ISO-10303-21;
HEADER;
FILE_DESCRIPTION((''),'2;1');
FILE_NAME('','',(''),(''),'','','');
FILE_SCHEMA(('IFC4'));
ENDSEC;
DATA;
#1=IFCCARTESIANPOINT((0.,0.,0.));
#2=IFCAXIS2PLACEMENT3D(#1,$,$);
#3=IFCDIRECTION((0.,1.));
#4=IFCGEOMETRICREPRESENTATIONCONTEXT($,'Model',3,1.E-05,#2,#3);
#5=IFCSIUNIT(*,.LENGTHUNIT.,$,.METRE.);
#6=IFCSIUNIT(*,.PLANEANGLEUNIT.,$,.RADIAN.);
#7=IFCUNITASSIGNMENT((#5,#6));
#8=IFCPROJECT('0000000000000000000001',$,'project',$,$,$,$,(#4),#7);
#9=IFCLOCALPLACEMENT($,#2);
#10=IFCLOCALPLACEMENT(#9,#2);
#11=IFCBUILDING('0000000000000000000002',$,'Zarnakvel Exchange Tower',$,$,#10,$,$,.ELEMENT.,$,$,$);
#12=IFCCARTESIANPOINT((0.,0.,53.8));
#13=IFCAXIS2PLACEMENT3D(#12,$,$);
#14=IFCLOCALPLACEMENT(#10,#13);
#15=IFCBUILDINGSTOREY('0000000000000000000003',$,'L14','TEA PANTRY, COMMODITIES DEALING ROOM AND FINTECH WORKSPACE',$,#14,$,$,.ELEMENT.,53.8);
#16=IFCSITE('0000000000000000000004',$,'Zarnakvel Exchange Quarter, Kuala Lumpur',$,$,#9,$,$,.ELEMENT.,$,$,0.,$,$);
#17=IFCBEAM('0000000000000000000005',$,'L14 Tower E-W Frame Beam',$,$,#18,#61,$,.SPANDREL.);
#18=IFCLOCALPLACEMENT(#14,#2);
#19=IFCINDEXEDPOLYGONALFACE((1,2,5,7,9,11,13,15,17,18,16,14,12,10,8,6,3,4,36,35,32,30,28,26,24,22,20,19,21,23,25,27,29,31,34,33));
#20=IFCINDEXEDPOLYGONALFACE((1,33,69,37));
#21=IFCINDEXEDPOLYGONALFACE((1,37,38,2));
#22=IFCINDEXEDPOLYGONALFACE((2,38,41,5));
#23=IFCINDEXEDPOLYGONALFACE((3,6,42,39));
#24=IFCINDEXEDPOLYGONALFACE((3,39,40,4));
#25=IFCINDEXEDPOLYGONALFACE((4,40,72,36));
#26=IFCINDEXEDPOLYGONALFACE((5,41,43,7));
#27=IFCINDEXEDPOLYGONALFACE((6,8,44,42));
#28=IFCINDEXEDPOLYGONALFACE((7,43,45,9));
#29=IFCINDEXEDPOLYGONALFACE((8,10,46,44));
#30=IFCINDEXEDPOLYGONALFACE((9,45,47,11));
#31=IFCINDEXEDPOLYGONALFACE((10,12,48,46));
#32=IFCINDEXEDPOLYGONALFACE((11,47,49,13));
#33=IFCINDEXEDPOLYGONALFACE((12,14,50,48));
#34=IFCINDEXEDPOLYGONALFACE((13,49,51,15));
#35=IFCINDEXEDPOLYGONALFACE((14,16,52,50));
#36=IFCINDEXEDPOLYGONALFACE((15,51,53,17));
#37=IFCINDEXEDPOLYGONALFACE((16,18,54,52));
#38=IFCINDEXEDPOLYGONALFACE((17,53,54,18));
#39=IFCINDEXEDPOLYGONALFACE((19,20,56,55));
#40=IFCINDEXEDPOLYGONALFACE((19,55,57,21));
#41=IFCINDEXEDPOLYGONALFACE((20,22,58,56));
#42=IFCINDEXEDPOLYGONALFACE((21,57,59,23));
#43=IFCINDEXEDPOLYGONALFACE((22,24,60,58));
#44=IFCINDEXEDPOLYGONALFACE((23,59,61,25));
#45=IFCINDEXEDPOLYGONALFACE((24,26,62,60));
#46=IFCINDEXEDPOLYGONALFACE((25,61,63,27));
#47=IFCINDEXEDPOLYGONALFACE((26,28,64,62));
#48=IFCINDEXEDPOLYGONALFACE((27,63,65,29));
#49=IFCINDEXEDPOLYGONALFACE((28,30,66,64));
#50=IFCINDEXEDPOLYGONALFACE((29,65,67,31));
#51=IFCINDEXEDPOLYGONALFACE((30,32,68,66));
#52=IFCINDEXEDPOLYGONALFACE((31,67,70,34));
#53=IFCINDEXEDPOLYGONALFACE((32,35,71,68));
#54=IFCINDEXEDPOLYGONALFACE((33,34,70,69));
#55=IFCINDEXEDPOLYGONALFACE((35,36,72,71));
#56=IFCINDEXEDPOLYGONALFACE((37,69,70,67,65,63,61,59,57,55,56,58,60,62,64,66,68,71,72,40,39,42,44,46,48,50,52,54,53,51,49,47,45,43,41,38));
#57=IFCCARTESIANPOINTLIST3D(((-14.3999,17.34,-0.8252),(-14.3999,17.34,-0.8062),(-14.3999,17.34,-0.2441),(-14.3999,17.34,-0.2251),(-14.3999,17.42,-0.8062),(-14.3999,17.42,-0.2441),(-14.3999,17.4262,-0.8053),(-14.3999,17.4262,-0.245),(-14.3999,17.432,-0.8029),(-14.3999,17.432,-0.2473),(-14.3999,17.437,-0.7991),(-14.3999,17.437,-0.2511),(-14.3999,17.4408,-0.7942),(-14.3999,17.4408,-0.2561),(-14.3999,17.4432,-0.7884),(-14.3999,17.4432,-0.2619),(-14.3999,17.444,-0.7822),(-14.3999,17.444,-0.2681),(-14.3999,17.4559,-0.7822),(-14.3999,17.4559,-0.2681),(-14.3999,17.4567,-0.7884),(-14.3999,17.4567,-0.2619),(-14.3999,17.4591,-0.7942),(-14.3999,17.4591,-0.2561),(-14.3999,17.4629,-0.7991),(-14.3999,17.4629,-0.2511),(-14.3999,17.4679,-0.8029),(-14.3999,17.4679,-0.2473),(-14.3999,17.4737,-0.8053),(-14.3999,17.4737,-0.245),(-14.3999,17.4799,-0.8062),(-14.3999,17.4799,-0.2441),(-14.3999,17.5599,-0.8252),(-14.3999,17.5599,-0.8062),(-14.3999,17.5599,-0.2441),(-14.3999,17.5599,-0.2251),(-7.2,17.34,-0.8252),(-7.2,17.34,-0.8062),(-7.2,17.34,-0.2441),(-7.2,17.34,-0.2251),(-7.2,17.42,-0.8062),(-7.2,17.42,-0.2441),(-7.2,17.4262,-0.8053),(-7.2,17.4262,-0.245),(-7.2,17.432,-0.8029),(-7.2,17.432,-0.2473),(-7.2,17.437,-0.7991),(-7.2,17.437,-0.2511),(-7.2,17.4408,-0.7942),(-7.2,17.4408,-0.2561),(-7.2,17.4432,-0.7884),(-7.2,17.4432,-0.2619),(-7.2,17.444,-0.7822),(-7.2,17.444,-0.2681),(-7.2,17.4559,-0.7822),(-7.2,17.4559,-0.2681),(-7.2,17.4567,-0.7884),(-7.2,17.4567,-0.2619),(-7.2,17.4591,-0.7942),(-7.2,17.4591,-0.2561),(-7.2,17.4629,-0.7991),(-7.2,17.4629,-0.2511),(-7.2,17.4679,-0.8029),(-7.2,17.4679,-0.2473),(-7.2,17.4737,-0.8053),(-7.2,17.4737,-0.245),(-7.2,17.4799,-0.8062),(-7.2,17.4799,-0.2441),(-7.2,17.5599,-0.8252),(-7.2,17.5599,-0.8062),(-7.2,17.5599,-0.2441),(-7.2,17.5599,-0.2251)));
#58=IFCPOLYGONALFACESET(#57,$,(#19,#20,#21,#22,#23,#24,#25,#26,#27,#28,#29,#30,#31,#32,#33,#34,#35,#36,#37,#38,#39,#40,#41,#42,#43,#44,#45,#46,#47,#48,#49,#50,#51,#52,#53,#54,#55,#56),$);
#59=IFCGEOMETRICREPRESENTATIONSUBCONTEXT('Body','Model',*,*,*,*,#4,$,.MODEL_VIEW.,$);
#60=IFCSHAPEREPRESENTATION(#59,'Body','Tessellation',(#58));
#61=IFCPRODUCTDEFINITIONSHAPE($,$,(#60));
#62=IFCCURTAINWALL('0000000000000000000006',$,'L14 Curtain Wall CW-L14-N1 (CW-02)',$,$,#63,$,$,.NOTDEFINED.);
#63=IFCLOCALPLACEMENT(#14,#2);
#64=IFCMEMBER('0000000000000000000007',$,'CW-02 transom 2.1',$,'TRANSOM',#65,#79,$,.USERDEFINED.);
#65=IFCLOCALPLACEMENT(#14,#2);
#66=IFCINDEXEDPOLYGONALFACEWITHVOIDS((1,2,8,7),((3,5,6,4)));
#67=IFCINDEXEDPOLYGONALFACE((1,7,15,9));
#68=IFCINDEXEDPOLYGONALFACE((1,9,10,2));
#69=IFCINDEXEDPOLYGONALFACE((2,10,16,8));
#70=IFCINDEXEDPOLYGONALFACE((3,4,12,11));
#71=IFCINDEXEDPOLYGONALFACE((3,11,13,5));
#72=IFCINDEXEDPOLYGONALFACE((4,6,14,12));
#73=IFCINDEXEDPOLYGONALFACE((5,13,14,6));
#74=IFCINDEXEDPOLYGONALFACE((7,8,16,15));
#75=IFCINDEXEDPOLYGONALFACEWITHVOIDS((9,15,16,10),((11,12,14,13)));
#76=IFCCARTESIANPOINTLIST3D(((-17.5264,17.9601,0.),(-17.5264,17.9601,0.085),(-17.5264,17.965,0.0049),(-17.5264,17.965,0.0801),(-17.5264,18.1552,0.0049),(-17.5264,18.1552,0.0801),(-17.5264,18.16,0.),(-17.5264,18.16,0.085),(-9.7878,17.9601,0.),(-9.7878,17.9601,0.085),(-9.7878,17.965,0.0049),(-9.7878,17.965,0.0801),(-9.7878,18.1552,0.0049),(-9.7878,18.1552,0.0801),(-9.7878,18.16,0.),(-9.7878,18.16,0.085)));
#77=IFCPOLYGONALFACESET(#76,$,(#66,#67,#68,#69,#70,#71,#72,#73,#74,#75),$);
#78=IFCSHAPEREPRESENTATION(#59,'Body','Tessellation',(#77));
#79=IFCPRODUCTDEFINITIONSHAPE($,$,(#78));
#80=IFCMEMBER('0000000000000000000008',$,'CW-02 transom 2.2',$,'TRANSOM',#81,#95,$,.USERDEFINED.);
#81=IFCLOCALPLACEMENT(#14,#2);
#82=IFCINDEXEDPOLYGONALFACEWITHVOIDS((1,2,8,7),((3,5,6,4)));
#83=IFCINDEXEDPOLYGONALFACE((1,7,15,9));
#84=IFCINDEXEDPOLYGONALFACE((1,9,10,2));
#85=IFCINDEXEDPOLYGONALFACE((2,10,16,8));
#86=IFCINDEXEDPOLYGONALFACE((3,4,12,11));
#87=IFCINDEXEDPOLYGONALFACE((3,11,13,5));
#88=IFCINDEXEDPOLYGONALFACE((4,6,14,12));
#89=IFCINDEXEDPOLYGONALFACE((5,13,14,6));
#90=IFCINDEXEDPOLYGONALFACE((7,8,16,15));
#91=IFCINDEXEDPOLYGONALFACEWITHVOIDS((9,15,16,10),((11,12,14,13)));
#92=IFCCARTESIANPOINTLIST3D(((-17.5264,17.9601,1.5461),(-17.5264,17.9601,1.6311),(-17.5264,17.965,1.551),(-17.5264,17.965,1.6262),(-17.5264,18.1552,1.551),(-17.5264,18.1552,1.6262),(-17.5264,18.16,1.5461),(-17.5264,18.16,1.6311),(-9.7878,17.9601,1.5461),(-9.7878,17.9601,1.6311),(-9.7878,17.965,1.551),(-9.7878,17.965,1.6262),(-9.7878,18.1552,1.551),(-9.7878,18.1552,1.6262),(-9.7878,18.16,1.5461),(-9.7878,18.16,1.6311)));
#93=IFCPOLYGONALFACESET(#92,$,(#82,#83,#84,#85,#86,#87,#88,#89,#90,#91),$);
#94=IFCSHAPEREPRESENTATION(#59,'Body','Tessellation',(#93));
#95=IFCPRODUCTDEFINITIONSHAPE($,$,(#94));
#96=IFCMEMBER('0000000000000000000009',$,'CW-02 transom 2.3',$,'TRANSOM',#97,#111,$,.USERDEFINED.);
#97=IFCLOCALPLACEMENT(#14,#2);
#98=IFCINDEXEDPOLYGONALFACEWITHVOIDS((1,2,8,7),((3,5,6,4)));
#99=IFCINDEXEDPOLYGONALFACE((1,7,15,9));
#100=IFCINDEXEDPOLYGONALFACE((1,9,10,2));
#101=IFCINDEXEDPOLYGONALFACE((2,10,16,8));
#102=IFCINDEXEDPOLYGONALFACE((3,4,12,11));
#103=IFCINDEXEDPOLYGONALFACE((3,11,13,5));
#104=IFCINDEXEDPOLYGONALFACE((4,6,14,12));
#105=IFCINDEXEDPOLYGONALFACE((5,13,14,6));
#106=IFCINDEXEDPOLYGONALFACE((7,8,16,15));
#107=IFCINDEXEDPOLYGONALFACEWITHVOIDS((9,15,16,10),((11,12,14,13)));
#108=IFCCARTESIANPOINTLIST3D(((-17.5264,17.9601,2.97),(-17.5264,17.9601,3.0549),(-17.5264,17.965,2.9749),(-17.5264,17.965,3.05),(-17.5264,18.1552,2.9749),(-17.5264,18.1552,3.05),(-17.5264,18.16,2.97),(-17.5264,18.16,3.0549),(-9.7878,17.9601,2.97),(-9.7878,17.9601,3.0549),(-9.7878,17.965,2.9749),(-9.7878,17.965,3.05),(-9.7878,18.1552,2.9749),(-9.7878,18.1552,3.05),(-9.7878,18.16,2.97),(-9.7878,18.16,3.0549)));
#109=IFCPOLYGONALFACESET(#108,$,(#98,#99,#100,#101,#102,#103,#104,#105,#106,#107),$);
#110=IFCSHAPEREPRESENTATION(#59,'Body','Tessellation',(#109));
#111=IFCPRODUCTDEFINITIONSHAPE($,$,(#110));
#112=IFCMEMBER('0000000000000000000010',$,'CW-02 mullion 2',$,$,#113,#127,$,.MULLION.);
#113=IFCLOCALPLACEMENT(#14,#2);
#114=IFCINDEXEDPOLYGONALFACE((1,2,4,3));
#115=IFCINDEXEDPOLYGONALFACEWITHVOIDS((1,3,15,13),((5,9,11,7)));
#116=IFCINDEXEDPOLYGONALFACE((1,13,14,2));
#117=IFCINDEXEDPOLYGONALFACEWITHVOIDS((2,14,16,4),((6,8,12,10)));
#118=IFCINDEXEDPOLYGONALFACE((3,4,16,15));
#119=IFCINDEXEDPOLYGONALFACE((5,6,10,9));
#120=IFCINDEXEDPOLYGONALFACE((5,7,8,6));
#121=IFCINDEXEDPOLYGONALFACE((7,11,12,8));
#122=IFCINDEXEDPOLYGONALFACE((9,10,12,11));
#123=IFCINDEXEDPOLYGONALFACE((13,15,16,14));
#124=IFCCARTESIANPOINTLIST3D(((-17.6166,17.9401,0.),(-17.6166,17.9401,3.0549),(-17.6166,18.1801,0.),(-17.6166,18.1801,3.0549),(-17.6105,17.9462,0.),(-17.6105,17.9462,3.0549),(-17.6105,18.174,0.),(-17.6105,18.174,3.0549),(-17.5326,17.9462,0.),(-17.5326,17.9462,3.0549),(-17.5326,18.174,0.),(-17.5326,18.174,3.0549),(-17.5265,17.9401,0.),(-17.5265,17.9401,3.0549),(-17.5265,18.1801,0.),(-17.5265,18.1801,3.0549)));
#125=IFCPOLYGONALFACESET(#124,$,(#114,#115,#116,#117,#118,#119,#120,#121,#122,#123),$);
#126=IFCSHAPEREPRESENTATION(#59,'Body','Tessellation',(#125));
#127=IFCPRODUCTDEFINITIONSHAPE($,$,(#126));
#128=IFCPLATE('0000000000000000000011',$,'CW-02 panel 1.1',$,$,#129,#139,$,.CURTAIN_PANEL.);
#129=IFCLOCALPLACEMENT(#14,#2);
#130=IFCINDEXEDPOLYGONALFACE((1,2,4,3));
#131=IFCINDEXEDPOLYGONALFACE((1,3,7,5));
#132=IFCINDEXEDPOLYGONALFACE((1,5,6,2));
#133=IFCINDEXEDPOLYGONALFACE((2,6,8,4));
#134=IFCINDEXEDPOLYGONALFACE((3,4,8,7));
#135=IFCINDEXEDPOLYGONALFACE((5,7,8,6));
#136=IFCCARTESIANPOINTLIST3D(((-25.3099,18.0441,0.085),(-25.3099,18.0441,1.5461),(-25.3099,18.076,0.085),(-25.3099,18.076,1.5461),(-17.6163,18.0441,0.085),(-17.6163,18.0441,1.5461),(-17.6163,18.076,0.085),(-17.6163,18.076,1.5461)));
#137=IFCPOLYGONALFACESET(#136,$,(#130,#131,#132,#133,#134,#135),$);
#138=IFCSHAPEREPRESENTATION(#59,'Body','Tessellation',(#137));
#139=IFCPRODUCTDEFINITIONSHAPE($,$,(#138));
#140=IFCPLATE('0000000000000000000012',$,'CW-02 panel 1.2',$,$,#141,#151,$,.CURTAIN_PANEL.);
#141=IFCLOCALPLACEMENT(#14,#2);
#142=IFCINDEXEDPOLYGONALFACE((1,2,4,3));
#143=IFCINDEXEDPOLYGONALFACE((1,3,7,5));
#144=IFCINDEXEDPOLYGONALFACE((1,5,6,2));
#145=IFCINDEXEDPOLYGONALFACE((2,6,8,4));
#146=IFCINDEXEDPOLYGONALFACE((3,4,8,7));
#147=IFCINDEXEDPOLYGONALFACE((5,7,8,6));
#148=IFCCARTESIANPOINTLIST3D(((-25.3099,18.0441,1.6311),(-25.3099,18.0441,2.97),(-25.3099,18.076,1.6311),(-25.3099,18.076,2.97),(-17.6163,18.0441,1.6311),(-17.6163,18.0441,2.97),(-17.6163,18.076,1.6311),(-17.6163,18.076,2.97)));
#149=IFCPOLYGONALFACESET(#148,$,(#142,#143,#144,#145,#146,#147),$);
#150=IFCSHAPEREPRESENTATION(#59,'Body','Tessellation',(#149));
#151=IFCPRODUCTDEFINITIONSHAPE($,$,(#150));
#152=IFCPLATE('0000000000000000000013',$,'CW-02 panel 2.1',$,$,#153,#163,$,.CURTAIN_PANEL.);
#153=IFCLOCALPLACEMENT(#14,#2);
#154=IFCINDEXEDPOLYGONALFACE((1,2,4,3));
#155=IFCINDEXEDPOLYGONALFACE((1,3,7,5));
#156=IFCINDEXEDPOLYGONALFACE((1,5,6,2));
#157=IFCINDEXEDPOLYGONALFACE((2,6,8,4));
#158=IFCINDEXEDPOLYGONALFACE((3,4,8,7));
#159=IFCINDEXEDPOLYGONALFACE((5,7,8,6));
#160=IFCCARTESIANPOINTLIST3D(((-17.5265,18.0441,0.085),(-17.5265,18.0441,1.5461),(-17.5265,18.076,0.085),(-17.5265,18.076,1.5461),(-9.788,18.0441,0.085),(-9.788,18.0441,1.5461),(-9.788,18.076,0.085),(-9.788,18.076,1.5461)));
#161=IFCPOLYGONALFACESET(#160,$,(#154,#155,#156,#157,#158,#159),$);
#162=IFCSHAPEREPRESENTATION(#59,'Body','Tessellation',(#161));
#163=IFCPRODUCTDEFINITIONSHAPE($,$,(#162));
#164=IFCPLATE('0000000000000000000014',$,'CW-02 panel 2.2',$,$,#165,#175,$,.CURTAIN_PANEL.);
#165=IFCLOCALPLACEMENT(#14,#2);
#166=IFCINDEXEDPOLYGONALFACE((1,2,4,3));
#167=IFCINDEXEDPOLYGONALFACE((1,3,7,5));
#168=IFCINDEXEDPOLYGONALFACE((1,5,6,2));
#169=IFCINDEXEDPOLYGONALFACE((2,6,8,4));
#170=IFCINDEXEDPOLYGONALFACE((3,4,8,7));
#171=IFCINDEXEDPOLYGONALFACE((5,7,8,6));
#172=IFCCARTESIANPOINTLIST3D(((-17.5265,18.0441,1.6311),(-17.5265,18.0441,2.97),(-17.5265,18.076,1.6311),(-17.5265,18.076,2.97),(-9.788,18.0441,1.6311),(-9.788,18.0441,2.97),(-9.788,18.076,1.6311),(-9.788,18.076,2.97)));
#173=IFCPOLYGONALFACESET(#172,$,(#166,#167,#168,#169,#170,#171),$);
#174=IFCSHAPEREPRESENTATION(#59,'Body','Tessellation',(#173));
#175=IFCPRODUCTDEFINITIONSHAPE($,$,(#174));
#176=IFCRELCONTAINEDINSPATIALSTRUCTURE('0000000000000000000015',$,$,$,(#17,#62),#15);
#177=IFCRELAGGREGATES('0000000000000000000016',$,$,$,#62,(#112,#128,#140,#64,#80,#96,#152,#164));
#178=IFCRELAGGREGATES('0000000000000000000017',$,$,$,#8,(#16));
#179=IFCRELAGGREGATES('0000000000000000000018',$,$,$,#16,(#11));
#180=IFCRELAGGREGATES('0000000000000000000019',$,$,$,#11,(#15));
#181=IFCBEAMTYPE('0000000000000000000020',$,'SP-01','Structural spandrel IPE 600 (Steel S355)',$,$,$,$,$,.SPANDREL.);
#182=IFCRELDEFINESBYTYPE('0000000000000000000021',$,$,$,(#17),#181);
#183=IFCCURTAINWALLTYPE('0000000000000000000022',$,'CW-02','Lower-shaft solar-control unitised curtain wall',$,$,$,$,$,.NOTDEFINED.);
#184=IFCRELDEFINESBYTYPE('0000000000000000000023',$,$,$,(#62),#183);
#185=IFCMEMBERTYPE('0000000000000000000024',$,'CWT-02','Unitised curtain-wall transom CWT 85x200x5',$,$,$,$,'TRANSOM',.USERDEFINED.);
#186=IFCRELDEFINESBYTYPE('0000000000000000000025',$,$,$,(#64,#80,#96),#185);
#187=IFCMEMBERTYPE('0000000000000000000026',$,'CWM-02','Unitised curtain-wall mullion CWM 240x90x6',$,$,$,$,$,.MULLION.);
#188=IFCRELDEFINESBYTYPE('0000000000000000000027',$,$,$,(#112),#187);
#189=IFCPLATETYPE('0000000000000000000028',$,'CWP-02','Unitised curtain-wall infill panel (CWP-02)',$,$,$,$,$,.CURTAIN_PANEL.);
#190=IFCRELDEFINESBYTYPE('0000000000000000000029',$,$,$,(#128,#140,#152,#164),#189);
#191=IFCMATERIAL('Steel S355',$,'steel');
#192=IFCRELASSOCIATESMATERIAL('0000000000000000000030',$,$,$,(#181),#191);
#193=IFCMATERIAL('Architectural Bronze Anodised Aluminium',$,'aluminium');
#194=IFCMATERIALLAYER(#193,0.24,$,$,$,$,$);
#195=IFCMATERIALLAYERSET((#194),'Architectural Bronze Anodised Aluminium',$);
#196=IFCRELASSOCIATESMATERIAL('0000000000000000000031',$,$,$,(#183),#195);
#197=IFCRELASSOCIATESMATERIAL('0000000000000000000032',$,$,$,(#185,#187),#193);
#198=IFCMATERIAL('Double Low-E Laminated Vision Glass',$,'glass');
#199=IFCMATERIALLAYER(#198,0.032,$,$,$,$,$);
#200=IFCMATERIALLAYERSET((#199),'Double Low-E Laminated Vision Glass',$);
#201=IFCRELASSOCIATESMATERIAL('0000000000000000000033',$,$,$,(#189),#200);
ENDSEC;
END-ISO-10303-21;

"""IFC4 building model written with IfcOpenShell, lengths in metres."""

from ifc_helpers import new_model, si_unit, direction, frame, origin, origin_2d, place, context, subcontext, project, spatial, rectangle, hollow_rectangle, i_section, extrude, source, transform, mapped, material, layer, layer_set, material_profile, profile_set, type_object, element, aggregate, save


model = new_model("IFC4")

# Units and contexts
model_context = context("Model", 3, precision=1e-05, world=origin(), true_north=direction((0.0, 1.0)))
body_context = subcontext(model_context, "Body", "Model", "MODEL_VIEW")
ifc_project = project(units=[si_unit("LENGTHUNIT", "METRE"), si_unit("PLANEANGLEUNIT", "RADIAN")], contexts=[model_context])

# Site, building, storey
site_placement = place(None, origin())
site = spatial("IfcSite", under=ifc_project, at=site_placement, Name="Zarnakvel Exchange Quarter, Kuala Lumpur", CompositionType="ELEMENT", RefElevation=0.0)
building_placement = place(site_placement, origin())
building = spatial("IfcBuilding", under=site, at=building_placement, Name="Zarnakvel Exchange Tower", CompositionType="ELEMENT")
storey_placement = place(building_placement, frame((0.0, 0.0, 53.8)))
storey = spatial("IfcBuildingStorey", under=building, at=storey_placement, Name="L14", Description="TEA PANTRY, COMMODITIES DEALING ROOM AND FINTECH WORKSPACE", CompositionType="ELEMENT", Elevation=53.8)

# Beam
ifc_material_1 = material(Name="Steel S355", Category="steel")
ifc_material_profile_1 = material_profile(ifc_material_1, i_section(OverallWidth=0.22, OverallDepth=0.6001, WebThickness=0.012, FlangeThickness=0.019, FilletRadius=0.0239, at=origin_2d()))
ifc_profile_set_1 = profile_set([ifc_material_profile_1], Name="Steel S355")
beam_type_1 = type_object("IfcBeamType", Name="SP-01", Description="Structural spandrel IPE 600 (Steel S355)", PredefinedType="SPANDREL", material=ifc_profile_set_1)
beam_1_placement = place(storey_placement, frame((-14.3999, 17.45, -0.5251), z_axis=(1.0, 0.0, 0.0), x_axis=(0.0, 1.0, 0.0)))
element("IfcBeam", 1, at=beam_1_placement, inside=storey, type_object=beam_type_1, Name="L14 Tower E-W Frame Beam", PredefinedType="SPANDREL", context=body_context, shape_type="SweptSolid", body=[
    extrude(i_section(OverallWidth=0.22, OverallDepth=0.6001, WebThickness=0.012, FlangeThickness=0.019, FilletRadius=0.0239, at=origin_2d()), origin(), (0.0, 0.0, 1.0), 7.2),
])

# Curtain wall, members, plates
ifc_material_2 = material(Name="Architectural Bronze Anodised Aluminium", Category="aluminium")
ifc_layer_1 = layer(ifc_material_2, 0.24)
ifc_layer_set_1 = layer_set([ifc_layer_1], Name="Architectural Bronze Anodised Aluminium")
curtain_wall_type = type_object("IfcCurtainWallType", Name="CW-02", Description="Lower-shaft solar-control unitised curtain wall", PredefinedType="NOTDEFINED", material=ifc_layer_set_1)
curtain_wall_placement = place(storey_placement, origin())
curtain_wall = element("IfcCurtainWall", 2, at=curtain_wall_placement, inside=storey, type_object=curtain_wall_type, Name="L14 Curtain Wall CW-L14-N1 (CW-02)", PredefinedType="NOTDEFINED")
ifc_material_profile_2 = material_profile(ifc_material_2, hollow_rectangle(XDim=0.2, YDim=0.085, WallThickness=0.0049, at=origin_2d()))
ifc_profile_set_2 = profile_set([ifc_material_profile_2], Name="Architectural Bronze Anodised Aluminium")
member_type_1 = type_object("IfcMemberType", Name="CWT-02", Description="Unitised curtain-wall transom CWT 85x200x5", ElementType="TRANSOM", PredefinedType="USERDEFINED", material=ifc_profile_set_2)
shared_shape_1 = source(origin(), body_context, "Body", "SweptSolid", [
    extrude(hollow_rectangle(XDim=0.2, YDim=0.085, WallThickness=0.0049, at=origin_2d()), origin(), (0.0, 0.0, 1.0), 7.7385),
])
member_1_placement = place(storey_placement, frame((-17.5264, 18.0601, 0.0425), z_axis=(1.0, 0.0, 0.0), x_axis=(0.0, 1.0, 0.0)))
member_1 = element("IfcMember", 3, at=member_1_placement, type_object=member_type_1, Name="CW-02 transom 2.1", ObjectType="TRANSOM", PredefinedType="USERDEFINED", context=body_context, shape_type="MappedRepresentation", body=[
    mapped(shared_shape_1, transform((0.0, 0.0, 0.0), x_axis=(1.0, 0.0, 0.0), y_axis=(0.0, 1.0, 0.0), z_axis=(0.0, 0.0, 1.0), scale=1.0)),
])
member_2_placement = place(storey_placement, frame((-17.5264, 18.0601, 1.5886), z_axis=(1.0, 0.0, 0.0), x_axis=(0.0, 1.0, 0.0)))
member_2 = element("IfcMember", 4, at=member_2_placement, type_object=member_type_1, Name="CW-02 transom 2.2", ObjectType="TRANSOM", PredefinedType="USERDEFINED", context=body_context, shape_type="MappedRepresentation", body=[
    mapped(shared_shape_1, transform((0.0, 0.0, 0.0), x_axis=(1.0, 0.0, 0.0), y_axis=(0.0, 1.0, 0.0), z_axis=(0.0, 0.0, 1.0), scale=1.0)),
])
member_3_placement = place(storey_placement, frame((-17.5264, 18.0601, 3.0125), z_axis=(1.0, 0.0, 0.0), x_axis=(0.0, 1.0, 0.0)))
member_3 = element("IfcMember", 5, at=member_3_placement, type_object=member_type_1, Name="CW-02 transom 2.3", ObjectType="TRANSOM", PredefinedType="USERDEFINED", context=body_context, shape_type="MappedRepresentation", body=[
    mapped(shared_shape_1, transform((0.0, 0.0, 0.0), x_axis=(1.0, 0.0, 0.0), y_axis=(0.0, 1.0, 0.0), z_axis=(0.0, 0.0, 1.0), scale=1.0)),
])
ifc_material_profile_3 = material_profile(ifc_material_2, hollow_rectangle(XDim=0.24, YDim=0.0901, WallThickness=0.0061, at=origin_2d()))
ifc_profile_set_3 = profile_set([ifc_material_profile_3], Name="Architectural Bronze Anodised Aluminium")
member_type_2 = type_object("IfcMemberType", Name="CWM-02", Description="Unitised curtain-wall mullion CWM 240x90x6", PredefinedType="MULLION", material=ifc_profile_set_3)
shared_shape_2 = source(origin(), body_context, "Body", "SweptSolid", [
    extrude(hollow_rectangle(XDim=0.24, YDim=0.0901, WallThickness=0.0061, at=origin_2d()), origin(), (0.0, 0.0, 1.0), 3.0549),
])
member_4_placement = place(storey_placement, frame((-17.5715, 18.0601, 0.0), z_axis=(0.0, 0.0, 1.0), x_axis=(0.0, 1.0, 0.0)))
member_4 = element("IfcMember", 6, at=member_4_placement, type_object=member_type_2, Name="CW-02 mullion 2", PredefinedType="MULLION", context=body_context, shape_type="MappedRepresentation", body=[
    mapped(shared_shape_2, transform((0.0, 0.0, 0.0), x_axis=(1.0, 0.0, 0.0), y_axis=(0.0, 1.0, 0.0), z_axis=(0.0, 0.0, 1.0), scale=1.0)),
])
ifc_material_3 = material(Name="Double Low-E Laminated Vision Glass", Category="glass")
ifc_layer_2 = layer(ifc_material_3, 0.032)
ifc_layer_set_2 = layer_set([ifc_layer_2], Name="Double Low-E Laminated Vision Glass")
plate_type = type_object("IfcPlateType", Name="CWP-02", Description="Unitised curtain-wall infill panel (CWP-02)", PredefinedType="CURTAIN_PANEL", material=ifc_layer_set_2)
shared_shape_3 = source(origin(), body_context, "Body", "SweptSolid", [
    extrude(rectangle(XDim=7.6936, YDim=0.032, at=origin_2d()), origin(), (0.0, 0.0, 1.0), 1.4612),
])
plate_1_placement = place(storey_placement, frame((-21.4631, 18.0601, 0.085), z_axis=(0.0, 0.0, 1.0), x_axis=(1.0, 0.0, 0.0)))
plate_1 = element("IfcPlate", 7, at=plate_1_placement, type_object=plate_type, Name="CW-02 panel 1.1", PredefinedType="CURTAIN_PANEL", context=body_context, shape_type="MappedRepresentation", body=[
    mapped(shared_shape_3, transform((0.0, 0.0, 0.0), x_axis=(1.0, 0.0, 0.0), y_axis=(0.0, 1.0, 0.0), z_axis=(0.0, 0.0, 1.0), scale=1.0)),
])
shared_shape_4 = source(origin(), body_context, "Body", "SweptSolid", [
    extrude(rectangle(XDim=7.6936, YDim=0.032, at=origin_2d()), origin(), (0.0, 0.0, 1.0), 1.3389),
])
plate_2_placement = place(storey_placement, frame((-21.4631, 18.0601, 1.6311), z_axis=(0.0, 0.0, 1.0), x_axis=(1.0, 0.0, 0.0)))
plate_2 = element("IfcPlate", 8, at=plate_2_placement, type_object=plate_type, Name="CW-02 panel 1.2", PredefinedType="CURTAIN_PANEL", context=body_context, shape_type="MappedRepresentation", body=[
    mapped(shared_shape_4, transform((0.0, 0.0, 0.0), x_axis=(1.0, 0.0, 0.0), y_axis=(0.0, 1.0, 0.0), z_axis=(0.0, 0.0, 1.0), scale=1.0)),
])
shared_shape_5 = source(origin(), body_context, "Body", "SweptSolid", [
    extrude(rectangle(XDim=7.7385, YDim=0.032, at=origin_2d()), origin(), (0.0, 0.0, 1.0), 1.4612),
])
plate_3_placement = place(storey_placement, frame((-13.6572, 18.0601, 0.085), z_axis=(0.0, 0.0, 1.0), x_axis=(1.0, 0.0, 0.0)))
plate_3 = element("IfcPlate", 9, at=plate_3_placement, type_object=plate_type, Name="CW-02 panel 2.1", PredefinedType="CURTAIN_PANEL", context=body_context, shape_type="MappedRepresentation", body=[
    mapped(shared_shape_5, transform((0.0, 0.0, 0.0), x_axis=(1.0, 0.0, 0.0), y_axis=(0.0, 1.0, 0.0), z_axis=(0.0, 0.0, 1.0), scale=1.0)),
])
shared_shape_6 = source(origin(), body_context, "Body", "SweptSolid", [
    extrude(rectangle(XDim=7.7385, YDim=0.032, at=origin_2d()), origin(), (0.0, 0.0, 1.0), 1.3389),
])
plate_4_placement = place(storey_placement, frame((-13.6572, 18.0601, 1.6311), z_axis=(0.0, 0.0, 1.0), x_axis=(1.0, 0.0, 0.0)))
plate_4 = element("IfcPlate", 10, at=plate_4_placement, type_object=plate_type, Name="CW-02 panel 2.2", PredefinedType="CURTAIN_PANEL", context=body_context, shape_type="MappedRepresentation", body=[
    mapped(shared_shape_6, transform((0.0, 0.0, 0.0), x_axis=(1.0, 0.0, 0.0), y_axis=(0.0, 1.0, 0.0), z_axis=(0.0, 0.0, 1.0), scale=1.0)),
])
aggregate(curtain_wall, [member_4, plate_1, plate_2, member_1, member_2, member_3, plate_3, plate_4])

save(model, "model.ifc")
